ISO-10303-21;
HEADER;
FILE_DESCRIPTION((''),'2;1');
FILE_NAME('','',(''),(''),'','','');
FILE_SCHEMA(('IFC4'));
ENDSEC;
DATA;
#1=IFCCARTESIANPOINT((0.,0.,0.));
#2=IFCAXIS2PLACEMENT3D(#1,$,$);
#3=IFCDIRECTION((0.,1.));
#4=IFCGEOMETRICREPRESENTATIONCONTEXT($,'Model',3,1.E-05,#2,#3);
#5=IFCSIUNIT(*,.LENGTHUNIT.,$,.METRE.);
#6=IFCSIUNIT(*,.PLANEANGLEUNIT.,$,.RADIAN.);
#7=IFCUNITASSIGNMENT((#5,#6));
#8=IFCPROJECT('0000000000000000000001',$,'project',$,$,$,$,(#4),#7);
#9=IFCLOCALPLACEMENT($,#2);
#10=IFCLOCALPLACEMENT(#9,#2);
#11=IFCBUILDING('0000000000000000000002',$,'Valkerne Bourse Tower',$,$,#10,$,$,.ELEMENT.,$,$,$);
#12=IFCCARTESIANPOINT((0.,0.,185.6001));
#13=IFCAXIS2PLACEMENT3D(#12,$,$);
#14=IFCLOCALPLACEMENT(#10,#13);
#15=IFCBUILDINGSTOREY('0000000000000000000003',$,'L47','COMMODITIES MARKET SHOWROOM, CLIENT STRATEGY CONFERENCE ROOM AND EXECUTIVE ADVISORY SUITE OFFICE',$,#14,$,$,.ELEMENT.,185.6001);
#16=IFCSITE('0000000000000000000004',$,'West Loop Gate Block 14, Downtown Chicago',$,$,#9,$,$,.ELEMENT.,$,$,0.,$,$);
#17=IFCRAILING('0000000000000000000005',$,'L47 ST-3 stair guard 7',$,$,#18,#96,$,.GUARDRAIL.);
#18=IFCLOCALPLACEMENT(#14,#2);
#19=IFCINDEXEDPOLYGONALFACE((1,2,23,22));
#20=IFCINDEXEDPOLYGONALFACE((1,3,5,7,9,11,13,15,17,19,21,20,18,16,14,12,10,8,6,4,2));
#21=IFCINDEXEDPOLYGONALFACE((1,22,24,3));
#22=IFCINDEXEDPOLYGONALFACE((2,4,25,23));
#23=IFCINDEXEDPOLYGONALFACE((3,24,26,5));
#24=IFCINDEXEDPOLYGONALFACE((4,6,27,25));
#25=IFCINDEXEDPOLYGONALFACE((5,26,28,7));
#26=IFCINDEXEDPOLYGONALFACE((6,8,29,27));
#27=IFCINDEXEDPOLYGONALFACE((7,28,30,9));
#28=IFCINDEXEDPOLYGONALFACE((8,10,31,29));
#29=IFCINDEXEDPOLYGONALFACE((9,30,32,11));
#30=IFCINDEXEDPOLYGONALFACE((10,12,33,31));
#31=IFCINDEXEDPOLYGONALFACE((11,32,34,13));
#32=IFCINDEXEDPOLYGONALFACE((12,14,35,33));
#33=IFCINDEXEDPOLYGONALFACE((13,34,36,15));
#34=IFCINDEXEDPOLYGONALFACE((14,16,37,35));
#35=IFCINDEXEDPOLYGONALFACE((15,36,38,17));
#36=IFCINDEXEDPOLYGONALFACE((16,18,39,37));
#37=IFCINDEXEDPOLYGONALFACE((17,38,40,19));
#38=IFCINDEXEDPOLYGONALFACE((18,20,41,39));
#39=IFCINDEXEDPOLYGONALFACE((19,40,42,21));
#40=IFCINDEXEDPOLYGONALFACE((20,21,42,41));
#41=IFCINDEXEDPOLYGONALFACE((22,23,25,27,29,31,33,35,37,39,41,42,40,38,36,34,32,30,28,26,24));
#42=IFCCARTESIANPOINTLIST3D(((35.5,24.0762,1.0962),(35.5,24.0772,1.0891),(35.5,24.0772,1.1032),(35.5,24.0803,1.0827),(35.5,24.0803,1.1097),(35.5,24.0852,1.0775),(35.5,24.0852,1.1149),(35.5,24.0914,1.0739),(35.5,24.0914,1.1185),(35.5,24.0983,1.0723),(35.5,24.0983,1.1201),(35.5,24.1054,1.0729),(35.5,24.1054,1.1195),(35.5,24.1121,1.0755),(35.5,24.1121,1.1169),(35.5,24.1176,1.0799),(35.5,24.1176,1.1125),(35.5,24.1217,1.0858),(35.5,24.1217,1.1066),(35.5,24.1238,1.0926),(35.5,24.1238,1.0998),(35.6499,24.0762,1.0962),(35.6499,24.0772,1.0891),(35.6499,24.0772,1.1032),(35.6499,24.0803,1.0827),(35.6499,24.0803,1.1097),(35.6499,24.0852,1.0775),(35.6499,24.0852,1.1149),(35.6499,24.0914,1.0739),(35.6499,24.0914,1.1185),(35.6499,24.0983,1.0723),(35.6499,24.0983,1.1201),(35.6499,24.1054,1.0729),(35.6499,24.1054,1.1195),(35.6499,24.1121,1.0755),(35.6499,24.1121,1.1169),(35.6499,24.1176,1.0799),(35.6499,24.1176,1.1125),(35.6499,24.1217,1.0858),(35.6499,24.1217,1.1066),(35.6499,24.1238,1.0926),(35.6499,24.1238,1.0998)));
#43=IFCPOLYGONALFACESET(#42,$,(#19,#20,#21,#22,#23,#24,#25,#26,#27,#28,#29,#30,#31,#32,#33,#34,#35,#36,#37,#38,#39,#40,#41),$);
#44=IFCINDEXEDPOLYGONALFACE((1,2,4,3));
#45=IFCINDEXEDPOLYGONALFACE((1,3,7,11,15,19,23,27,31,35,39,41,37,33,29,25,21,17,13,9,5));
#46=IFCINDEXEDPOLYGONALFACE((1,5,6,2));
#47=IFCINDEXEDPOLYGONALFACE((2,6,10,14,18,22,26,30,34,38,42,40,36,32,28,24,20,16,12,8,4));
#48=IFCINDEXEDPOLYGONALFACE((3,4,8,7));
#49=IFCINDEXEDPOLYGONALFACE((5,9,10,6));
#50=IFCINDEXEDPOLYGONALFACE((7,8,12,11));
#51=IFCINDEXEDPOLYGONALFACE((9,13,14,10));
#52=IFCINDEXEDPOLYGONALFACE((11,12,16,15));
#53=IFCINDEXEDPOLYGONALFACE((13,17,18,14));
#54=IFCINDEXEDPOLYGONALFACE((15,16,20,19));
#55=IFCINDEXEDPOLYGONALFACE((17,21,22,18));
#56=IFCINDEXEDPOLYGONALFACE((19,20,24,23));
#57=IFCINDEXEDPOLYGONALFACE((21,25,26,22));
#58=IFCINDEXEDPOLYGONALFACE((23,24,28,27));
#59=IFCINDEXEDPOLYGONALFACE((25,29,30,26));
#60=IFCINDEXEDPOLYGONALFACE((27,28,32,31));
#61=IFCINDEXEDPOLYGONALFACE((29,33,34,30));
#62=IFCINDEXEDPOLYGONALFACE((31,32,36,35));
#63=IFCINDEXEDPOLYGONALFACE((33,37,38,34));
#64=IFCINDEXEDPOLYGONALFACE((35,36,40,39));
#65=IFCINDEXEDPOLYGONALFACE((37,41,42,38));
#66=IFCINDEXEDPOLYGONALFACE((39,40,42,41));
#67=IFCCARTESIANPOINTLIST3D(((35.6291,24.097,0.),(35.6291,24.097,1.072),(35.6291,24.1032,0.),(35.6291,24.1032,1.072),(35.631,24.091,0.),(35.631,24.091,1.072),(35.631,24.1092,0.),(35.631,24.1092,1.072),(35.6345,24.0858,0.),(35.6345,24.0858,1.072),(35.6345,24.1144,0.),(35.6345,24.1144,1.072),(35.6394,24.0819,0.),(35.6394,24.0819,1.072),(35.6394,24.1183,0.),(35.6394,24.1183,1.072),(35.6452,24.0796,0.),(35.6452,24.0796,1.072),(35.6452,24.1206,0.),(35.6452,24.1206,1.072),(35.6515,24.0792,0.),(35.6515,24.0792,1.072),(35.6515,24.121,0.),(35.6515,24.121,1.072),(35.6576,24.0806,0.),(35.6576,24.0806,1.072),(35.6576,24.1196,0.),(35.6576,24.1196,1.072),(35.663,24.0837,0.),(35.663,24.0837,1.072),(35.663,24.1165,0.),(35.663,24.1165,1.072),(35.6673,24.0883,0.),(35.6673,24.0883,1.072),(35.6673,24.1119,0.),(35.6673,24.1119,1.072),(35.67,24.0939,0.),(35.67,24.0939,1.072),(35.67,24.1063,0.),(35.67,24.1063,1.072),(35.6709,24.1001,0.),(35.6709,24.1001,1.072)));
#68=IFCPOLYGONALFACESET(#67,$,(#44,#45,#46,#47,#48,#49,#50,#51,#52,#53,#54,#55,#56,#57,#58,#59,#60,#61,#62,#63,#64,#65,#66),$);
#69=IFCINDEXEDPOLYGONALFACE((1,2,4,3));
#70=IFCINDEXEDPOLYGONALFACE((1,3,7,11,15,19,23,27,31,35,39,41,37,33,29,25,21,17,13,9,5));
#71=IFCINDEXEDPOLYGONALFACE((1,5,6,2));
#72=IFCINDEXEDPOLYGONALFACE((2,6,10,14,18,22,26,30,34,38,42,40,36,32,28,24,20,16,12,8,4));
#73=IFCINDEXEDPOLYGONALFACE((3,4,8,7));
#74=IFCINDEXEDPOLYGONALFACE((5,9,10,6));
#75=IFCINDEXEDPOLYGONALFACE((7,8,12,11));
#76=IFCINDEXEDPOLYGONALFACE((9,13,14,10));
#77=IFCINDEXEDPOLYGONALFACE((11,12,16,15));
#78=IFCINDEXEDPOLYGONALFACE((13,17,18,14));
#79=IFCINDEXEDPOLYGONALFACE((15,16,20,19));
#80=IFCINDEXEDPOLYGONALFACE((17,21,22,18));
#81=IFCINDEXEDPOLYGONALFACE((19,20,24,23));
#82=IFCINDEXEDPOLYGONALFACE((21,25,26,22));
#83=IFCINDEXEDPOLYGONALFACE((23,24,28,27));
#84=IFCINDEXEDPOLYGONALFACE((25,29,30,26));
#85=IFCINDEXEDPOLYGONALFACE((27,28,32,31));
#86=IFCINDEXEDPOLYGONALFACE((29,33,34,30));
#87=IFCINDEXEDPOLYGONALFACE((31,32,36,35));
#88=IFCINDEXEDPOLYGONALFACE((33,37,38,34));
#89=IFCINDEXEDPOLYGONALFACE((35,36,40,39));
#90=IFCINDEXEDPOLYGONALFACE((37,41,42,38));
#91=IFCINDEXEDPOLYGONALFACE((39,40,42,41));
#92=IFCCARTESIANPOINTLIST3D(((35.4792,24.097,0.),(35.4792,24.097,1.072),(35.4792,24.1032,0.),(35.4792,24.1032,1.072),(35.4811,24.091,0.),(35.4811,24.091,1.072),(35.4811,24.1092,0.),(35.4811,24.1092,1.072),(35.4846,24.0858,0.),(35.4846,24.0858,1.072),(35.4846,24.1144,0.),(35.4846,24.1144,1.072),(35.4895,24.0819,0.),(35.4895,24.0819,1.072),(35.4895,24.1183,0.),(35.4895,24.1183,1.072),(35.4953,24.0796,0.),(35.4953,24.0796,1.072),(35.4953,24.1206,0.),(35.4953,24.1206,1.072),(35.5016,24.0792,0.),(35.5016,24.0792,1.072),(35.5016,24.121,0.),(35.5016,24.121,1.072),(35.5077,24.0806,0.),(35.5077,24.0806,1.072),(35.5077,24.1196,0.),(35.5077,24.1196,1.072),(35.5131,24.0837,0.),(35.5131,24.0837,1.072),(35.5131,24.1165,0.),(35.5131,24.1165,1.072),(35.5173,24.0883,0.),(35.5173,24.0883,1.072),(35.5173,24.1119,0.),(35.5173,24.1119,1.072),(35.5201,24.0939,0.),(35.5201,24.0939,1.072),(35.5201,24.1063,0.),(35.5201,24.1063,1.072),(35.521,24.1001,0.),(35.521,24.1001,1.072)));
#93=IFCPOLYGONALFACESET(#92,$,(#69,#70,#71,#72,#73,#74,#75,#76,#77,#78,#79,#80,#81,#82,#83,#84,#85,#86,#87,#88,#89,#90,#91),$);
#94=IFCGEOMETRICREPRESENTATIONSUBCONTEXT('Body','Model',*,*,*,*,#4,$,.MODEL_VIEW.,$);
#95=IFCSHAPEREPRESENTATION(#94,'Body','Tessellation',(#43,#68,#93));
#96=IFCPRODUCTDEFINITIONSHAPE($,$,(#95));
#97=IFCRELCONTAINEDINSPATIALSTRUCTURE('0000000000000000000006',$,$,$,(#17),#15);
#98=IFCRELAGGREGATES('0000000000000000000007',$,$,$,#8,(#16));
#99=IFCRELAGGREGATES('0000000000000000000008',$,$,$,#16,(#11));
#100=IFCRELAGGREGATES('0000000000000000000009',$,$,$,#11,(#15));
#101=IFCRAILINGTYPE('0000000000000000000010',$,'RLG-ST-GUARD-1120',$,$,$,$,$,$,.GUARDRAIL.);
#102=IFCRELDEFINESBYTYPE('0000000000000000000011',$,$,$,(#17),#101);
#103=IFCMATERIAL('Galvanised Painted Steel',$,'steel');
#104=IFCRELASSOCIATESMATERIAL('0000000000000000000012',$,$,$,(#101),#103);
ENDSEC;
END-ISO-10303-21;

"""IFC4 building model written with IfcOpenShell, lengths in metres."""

from ifc_helpers import new_model, si_unit, direction, frame, origin, origin_2d, place, context, subcontext, project, spatial, circle, extrude, material, type_object, element, save


model = new_model("IFC4")

# Units and contexts
model_context = context("Model", 3, precision=1e-05, world=origin(), true_north=direction((0.0, 1.0)))
body_context = subcontext(model_context, "Body", "Model", "MODEL_VIEW")
ifc_project = project(units=[si_unit("LENGTHUNIT", "METRE"), si_unit("PLANEANGLEUNIT", "RADIAN")], contexts=[model_context])

# Site, building, storey
site_placement = place(None, origin())
site = spatial("IfcSite", under=ifc_project, at=site_placement, Name="West Loop Gate Block 14, Downtown Chicago", CompositionType="ELEMENT", RefElevation=0.0)
building_placement = place(site_placement, origin())
building = spatial("IfcBuilding", under=site, at=building_placement, Name="Valkerne Bourse Tower", CompositionType="ELEMENT")
storey_placement = place(building_placement, frame((0.0, 0.0, 185.6001)))
storey = spatial("IfcBuildingStorey", under=building, at=storey_placement, Name="L47", Description="COMMODITIES MARKET SHOWROOM, CLIENT STRATEGY CONFERENCE ROOM AND EXECUTIVE ADVISORY SUITE OFFICE", CompositionType="ELEMENT", Elevation=185.6001)

# Railing
ifc_material_1 = material(Name="Galvanised Painted Steel", Category="steel")
railing_type_1 = type_object("IfcRailingType", Name="RLG-ST-GUARD-1120", PredefinedType="GUARDRAIL", material=ifc_material_1)
railing_1_placement = place(storey_placement, frame((35.6499, 24.1001, 0.0)))
element("IfcRailing", 1, at=railing_1_placement, inside=storey, type_object=railing_type_1, Name="L47 ST-3 stair guard 7", PredefinedType="GUARDRAIL", context=body_context, shape_type="SweptSolid", body=[
    extrude(circle(Radius=0.0239, at=origin_2d()), frame((0.0, 0.0, 1.0962), z_axis=(-1.0, 0.0, 0.0), x_axis=(0.0, -1.0, 0.0)), (0.0, 0.0, 1.0), 0.1499),
    extrude(circle(Radius=0.021, at=origin_2d()), origin(), (0.0, 0.0, 1.0), 1.072),
    extrude(circle(Radius=0.021, at=origin_2d()), frame((-0.1499, 0.0, 0.0)), (0.0, 0.0, 1.0), 1.072),
])

save(model, "model.ifc")
